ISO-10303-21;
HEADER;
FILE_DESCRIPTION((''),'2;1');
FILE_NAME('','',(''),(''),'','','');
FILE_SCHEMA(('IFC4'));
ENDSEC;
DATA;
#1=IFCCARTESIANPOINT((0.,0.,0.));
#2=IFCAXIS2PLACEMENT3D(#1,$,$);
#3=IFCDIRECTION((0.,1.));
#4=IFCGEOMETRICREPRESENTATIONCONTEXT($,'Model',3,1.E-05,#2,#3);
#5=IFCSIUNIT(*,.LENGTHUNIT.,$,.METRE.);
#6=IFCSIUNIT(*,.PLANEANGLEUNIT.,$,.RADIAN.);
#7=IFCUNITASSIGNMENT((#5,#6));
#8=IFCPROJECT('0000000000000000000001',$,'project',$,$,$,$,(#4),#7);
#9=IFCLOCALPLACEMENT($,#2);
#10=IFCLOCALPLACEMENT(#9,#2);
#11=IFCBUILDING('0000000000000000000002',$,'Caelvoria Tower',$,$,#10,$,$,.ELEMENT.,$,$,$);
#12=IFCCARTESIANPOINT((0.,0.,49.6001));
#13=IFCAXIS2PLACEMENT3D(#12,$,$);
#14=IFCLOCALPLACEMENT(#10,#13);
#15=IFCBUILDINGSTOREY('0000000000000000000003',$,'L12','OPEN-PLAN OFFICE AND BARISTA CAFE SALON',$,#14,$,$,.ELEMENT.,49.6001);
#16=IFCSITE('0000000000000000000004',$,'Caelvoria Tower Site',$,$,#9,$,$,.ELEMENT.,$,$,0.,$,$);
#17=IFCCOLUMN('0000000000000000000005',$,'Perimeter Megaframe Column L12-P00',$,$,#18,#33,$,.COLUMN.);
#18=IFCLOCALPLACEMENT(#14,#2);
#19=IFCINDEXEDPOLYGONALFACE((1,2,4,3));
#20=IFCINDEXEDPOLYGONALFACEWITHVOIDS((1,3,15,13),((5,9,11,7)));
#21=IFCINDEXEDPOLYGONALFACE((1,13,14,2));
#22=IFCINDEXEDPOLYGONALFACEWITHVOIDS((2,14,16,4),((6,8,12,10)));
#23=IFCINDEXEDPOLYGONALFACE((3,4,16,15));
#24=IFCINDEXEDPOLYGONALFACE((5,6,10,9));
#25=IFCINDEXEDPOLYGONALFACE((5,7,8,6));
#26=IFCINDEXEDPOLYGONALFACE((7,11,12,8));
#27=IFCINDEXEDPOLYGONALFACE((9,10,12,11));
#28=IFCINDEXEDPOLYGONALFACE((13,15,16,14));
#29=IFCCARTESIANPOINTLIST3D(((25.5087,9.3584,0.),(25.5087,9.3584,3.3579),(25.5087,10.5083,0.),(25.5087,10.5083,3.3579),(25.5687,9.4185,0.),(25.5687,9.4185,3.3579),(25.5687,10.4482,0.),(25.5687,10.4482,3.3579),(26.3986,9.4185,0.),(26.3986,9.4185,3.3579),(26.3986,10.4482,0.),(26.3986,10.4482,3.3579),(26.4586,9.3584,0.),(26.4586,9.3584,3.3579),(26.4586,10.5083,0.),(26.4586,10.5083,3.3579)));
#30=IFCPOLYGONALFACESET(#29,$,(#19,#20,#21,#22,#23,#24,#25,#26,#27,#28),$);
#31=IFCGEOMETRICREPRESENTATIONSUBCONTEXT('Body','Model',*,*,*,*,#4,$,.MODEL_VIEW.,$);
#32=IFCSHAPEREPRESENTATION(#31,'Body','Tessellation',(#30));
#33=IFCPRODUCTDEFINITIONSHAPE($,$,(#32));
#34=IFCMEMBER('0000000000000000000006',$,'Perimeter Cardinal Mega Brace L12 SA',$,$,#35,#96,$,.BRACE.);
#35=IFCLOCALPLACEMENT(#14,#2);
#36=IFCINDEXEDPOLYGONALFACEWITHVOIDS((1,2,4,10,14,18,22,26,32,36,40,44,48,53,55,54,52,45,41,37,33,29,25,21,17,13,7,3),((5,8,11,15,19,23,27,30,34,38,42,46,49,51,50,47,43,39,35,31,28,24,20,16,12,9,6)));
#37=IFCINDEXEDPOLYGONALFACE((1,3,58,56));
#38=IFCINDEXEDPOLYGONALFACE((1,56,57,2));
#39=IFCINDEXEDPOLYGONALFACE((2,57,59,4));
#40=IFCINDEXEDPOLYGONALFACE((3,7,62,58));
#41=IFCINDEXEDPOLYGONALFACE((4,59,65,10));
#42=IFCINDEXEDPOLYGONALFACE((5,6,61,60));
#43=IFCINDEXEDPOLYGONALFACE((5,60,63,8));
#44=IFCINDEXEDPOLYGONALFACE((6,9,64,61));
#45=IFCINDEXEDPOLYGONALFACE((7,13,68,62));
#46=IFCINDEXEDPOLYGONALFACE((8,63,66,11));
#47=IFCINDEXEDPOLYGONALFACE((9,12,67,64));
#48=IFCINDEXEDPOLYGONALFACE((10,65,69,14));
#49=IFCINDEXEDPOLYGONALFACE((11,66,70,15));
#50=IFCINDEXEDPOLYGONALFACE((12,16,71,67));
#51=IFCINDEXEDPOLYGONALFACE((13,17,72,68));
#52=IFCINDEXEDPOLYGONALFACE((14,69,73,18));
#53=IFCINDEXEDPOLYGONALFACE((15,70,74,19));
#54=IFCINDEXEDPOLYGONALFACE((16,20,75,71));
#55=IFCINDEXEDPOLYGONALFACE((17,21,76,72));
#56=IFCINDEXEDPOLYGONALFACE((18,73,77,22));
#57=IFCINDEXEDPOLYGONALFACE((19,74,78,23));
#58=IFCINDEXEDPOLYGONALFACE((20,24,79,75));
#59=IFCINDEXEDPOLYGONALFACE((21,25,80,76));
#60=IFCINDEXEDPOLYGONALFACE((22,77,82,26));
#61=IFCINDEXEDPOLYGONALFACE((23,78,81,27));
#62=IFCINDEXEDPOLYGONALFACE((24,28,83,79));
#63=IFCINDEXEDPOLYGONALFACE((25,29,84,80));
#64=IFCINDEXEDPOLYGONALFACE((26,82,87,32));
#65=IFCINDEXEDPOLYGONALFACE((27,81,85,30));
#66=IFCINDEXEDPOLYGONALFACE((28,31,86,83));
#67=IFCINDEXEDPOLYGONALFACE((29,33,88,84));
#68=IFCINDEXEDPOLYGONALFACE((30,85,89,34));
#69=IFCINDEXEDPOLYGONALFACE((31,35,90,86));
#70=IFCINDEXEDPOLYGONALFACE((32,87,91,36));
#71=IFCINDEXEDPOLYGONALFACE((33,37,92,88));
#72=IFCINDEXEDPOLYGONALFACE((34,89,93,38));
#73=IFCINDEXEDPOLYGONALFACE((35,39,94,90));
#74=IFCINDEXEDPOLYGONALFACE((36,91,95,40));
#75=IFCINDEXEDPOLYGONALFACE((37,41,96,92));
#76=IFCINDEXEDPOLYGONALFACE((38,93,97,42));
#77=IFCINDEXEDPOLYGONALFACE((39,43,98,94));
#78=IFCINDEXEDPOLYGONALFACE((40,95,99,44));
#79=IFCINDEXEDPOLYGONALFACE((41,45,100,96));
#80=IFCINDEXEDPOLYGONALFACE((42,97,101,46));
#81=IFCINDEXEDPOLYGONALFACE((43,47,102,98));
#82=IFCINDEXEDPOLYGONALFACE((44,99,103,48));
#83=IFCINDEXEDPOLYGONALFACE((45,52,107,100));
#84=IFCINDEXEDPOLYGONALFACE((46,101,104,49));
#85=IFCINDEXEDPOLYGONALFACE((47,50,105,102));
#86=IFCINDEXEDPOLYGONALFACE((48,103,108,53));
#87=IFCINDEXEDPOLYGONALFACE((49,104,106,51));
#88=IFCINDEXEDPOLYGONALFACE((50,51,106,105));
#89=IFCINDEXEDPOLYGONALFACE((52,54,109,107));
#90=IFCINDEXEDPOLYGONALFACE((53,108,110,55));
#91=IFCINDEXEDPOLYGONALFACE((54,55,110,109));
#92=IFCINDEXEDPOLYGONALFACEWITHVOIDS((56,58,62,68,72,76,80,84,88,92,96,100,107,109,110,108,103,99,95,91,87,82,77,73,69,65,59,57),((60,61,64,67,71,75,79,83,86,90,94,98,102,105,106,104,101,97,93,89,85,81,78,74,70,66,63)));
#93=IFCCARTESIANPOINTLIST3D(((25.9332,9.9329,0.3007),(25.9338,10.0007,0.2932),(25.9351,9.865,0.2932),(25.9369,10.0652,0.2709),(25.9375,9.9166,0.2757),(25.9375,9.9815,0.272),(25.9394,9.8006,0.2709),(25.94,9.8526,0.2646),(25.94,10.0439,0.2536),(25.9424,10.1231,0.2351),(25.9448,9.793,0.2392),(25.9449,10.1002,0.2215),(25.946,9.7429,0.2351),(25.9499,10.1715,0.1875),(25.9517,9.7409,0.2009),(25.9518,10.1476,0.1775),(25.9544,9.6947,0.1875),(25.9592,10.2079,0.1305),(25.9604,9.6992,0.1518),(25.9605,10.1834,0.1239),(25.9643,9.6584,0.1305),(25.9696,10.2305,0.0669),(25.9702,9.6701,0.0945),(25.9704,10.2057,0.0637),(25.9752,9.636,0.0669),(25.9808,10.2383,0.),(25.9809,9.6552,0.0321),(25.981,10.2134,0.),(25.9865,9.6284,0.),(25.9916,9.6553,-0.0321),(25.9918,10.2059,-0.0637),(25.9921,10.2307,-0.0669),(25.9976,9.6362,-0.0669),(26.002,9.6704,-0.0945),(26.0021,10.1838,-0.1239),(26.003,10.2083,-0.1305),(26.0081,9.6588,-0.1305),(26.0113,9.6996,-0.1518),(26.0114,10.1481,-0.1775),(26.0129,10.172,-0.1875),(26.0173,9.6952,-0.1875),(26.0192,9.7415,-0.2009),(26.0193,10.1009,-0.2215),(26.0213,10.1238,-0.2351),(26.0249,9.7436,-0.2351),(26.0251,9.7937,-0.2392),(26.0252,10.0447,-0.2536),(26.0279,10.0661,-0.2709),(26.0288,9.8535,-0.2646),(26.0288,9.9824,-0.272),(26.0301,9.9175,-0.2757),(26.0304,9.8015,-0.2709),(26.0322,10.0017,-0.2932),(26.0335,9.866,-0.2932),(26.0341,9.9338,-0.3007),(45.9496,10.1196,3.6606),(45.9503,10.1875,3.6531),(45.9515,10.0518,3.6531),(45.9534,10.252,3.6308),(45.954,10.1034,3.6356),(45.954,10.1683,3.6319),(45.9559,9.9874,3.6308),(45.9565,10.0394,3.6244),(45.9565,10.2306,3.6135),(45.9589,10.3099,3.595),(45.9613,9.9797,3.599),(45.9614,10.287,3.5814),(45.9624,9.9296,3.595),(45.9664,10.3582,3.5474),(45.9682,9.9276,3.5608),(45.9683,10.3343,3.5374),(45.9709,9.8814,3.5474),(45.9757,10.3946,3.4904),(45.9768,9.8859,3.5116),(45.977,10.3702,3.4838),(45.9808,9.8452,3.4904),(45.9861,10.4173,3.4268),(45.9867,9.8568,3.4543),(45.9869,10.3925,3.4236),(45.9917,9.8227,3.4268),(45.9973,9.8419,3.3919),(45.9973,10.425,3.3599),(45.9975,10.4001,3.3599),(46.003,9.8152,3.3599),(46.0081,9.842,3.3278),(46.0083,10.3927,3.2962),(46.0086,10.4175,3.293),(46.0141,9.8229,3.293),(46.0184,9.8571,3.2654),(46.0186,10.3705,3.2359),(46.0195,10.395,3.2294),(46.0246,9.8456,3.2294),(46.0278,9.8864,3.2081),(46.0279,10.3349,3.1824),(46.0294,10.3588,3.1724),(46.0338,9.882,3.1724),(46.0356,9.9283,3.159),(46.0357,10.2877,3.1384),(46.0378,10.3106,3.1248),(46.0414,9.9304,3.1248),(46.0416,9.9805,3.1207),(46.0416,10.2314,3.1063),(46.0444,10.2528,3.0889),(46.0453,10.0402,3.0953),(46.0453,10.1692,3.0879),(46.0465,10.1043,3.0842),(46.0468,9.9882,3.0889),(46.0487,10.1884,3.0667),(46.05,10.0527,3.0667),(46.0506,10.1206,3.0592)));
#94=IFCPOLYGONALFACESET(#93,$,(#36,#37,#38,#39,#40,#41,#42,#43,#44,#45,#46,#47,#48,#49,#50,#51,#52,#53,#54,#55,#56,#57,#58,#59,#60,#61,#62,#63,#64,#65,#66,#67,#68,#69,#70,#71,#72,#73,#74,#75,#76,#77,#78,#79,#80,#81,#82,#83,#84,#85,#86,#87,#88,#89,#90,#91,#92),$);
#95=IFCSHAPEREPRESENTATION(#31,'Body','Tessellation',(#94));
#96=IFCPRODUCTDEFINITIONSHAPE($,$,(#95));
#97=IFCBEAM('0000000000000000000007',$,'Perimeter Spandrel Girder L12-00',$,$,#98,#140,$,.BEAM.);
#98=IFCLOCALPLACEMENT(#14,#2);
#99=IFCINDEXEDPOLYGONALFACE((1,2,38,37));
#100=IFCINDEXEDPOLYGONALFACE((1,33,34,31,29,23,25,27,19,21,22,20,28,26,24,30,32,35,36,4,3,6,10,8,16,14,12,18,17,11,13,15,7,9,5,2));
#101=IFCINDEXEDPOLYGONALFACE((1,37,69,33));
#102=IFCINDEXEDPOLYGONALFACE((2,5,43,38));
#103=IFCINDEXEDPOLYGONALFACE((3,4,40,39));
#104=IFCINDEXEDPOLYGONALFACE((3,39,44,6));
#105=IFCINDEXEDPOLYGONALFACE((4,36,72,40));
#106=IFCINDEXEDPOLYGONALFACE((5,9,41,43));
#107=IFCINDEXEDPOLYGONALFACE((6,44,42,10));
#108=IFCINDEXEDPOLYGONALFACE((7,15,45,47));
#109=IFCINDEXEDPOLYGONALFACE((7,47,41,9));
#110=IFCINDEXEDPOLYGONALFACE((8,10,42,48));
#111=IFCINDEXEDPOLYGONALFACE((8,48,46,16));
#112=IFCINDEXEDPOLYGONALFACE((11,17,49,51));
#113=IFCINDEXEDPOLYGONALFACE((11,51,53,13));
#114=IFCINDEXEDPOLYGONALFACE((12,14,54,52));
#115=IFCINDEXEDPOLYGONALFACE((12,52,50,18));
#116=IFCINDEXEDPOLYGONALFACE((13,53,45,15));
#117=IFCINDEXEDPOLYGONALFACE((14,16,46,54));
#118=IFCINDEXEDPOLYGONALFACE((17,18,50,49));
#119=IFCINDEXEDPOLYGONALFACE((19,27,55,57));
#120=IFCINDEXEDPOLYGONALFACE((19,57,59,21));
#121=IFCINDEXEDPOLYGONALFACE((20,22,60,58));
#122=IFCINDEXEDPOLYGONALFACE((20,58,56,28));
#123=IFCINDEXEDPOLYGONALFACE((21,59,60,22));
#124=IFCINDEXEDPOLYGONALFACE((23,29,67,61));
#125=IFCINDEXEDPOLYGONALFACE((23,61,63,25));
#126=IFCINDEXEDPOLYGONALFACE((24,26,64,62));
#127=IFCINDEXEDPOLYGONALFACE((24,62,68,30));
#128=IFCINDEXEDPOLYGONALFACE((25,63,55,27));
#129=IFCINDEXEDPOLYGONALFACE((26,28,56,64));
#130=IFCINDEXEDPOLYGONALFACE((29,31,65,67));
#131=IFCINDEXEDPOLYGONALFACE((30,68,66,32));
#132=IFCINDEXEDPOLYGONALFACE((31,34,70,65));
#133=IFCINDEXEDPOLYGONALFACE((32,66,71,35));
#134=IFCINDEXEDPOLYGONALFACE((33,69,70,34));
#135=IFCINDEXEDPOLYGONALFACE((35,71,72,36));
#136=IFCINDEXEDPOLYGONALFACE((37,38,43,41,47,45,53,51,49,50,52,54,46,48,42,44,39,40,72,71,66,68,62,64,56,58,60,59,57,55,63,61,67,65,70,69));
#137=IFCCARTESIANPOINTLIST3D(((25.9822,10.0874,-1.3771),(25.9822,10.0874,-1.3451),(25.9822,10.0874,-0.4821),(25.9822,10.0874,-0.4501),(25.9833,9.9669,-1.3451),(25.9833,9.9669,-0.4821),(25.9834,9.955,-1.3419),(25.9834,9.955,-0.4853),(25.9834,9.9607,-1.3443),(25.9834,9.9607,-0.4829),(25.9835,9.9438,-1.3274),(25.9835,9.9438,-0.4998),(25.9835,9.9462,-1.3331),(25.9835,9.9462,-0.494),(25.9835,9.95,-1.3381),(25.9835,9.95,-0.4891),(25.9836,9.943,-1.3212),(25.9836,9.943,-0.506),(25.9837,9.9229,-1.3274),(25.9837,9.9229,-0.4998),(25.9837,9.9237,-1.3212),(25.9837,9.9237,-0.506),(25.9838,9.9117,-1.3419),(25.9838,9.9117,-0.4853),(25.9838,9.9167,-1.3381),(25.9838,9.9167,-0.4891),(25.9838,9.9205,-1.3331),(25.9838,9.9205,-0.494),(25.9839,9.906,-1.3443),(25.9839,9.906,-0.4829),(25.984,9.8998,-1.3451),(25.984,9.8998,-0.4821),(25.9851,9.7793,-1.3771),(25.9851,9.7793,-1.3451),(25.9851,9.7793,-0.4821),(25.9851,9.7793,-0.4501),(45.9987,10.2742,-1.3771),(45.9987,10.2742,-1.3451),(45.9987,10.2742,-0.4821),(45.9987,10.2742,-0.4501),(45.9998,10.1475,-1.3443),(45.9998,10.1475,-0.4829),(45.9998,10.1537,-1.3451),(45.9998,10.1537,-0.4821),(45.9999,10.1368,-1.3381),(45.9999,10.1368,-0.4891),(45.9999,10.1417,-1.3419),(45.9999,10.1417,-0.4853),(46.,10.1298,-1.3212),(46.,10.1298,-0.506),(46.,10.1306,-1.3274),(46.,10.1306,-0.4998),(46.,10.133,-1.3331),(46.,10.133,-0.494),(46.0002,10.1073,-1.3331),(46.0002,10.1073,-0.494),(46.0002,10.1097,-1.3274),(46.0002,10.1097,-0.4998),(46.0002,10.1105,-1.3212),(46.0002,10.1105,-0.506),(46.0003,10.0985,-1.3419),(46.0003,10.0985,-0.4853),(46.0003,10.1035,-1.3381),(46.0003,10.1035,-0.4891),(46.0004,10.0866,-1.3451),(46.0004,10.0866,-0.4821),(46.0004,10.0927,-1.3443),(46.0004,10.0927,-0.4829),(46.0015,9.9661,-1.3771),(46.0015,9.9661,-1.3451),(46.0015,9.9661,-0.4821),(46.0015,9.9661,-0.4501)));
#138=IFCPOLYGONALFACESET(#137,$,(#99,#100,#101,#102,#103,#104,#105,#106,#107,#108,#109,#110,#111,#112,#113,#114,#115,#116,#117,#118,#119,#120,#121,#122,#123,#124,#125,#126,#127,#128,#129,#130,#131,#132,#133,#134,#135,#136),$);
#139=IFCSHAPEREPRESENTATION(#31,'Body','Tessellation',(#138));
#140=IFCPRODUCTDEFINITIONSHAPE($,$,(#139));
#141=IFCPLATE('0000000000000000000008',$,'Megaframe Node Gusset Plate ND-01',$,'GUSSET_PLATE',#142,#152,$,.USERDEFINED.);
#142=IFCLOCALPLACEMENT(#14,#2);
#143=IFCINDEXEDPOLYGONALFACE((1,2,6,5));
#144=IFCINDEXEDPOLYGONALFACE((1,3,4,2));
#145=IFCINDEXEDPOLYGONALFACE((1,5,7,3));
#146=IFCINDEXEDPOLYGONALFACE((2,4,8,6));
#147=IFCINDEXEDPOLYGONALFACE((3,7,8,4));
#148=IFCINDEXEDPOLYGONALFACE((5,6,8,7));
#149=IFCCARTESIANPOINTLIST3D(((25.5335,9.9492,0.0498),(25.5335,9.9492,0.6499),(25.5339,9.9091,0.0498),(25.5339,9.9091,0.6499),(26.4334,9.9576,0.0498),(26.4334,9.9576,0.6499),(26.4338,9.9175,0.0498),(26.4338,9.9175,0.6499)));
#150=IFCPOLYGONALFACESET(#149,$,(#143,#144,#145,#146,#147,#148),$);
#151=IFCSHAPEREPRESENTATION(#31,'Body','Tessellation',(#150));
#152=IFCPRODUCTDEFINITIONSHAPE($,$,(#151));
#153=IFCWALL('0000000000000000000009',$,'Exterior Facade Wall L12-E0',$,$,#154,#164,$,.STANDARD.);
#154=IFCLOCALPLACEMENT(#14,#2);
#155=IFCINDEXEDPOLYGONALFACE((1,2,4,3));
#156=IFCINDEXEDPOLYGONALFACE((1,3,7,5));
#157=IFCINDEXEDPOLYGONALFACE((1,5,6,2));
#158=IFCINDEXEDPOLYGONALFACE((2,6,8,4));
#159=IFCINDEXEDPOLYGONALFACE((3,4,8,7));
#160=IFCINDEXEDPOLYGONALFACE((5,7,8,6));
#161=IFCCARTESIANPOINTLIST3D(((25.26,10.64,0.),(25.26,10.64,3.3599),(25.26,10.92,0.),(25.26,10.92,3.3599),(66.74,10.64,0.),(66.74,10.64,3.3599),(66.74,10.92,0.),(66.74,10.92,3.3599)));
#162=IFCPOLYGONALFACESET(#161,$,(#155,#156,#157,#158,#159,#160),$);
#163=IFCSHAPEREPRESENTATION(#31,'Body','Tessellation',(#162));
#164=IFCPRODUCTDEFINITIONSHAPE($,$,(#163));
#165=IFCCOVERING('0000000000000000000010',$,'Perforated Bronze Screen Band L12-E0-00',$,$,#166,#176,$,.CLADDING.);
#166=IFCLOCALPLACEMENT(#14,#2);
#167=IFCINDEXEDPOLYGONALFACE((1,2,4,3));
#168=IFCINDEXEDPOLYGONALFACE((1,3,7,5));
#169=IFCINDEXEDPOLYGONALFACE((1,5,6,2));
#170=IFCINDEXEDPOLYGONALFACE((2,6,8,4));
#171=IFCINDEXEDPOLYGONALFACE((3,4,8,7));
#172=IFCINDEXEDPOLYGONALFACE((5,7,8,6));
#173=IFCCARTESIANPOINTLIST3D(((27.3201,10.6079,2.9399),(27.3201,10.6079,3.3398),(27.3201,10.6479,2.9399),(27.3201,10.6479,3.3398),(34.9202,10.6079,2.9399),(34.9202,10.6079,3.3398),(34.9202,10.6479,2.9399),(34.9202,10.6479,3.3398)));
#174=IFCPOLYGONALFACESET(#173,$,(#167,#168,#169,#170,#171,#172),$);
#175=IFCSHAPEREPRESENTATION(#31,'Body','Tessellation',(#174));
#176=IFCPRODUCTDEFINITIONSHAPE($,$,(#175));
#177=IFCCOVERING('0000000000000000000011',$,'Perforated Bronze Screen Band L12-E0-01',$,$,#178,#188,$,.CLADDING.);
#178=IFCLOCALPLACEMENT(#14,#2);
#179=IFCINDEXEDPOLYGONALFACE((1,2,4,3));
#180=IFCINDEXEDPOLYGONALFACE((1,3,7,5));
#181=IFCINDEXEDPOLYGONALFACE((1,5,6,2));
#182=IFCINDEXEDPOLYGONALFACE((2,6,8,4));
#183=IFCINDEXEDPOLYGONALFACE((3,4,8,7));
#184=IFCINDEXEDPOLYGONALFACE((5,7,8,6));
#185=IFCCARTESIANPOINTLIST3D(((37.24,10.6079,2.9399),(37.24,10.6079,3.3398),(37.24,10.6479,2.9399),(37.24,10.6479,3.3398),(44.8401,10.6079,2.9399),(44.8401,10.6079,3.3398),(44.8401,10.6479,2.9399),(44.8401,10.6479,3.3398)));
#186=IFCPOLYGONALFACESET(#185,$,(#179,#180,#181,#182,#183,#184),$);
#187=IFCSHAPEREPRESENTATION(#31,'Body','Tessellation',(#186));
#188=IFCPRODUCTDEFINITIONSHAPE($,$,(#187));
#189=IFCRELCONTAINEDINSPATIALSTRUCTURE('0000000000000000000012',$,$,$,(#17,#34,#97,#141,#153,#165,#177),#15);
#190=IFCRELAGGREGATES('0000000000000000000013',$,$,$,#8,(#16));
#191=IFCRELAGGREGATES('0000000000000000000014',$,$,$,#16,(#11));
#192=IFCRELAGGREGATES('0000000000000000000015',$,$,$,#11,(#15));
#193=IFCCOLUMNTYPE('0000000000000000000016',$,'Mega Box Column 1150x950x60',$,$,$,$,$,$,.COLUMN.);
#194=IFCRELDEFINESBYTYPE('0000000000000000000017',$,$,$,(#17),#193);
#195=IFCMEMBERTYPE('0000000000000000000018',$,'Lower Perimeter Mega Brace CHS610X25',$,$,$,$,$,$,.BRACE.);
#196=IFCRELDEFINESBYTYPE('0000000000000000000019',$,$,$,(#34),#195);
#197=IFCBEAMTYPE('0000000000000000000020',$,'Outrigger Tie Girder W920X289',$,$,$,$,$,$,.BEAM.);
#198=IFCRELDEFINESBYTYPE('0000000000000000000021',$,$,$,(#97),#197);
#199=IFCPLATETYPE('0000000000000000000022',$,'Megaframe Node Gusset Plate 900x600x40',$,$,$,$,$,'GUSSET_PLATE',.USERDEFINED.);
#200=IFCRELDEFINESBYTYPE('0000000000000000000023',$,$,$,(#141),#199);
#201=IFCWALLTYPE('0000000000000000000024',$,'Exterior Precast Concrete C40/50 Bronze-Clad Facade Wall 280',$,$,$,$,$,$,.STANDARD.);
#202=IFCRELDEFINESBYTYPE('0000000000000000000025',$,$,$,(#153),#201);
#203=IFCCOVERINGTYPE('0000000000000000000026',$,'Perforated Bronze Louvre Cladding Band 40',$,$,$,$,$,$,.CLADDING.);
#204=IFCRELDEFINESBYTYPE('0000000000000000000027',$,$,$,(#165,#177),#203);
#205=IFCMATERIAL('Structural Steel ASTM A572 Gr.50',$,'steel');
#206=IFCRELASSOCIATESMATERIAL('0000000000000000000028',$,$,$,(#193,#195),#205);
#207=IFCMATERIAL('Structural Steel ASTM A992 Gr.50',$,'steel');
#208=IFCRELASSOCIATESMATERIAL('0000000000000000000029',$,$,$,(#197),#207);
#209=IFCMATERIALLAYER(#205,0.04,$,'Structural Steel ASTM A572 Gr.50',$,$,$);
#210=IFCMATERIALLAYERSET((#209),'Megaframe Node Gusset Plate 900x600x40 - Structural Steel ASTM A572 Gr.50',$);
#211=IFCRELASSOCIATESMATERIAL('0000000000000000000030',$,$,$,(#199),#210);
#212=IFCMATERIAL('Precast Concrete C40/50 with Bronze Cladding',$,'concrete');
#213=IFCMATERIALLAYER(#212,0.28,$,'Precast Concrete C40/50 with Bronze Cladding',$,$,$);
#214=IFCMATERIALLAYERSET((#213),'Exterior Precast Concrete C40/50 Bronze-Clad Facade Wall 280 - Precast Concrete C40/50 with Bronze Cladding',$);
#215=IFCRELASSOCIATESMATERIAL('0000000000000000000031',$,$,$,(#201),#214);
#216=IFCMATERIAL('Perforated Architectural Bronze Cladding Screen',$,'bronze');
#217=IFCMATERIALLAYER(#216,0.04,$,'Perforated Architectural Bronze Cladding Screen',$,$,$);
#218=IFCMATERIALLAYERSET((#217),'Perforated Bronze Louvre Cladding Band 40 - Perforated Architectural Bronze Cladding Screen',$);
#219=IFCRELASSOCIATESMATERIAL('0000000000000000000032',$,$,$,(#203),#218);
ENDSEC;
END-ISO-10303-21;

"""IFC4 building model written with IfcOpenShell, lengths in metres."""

from ifc_helpers import new_model, si_unit, direction, frame, frame_2d, origin, origin_2d, place, context, subcontext, project, spatial, rectangle, hollow_rectangle, hollow_circle, i_section, extrude, material, layer, layer_set, material_profile, profile_set, type_object, element, save


model = new_model("IFC4")

# Units and contexts
model_context = context("Model", 3, precision=1e-05, world=origin(), true_north=direction((0.0, 1.0)))
body_context = subcontext(model_context, "Body", "Model", "MODEL_VIEW")
ifc_project = project(units=[si_unit("LENGTHUNIT", "METRE"), si_unit("PLANEANGLEUNIT", "RADIAN")], contexts=[model_context])

# Site, building, storey
site_placement = place(None, origin())
site = spatial("IfcSite", under=ifc_project, at=site_placement, Name="Caelvoria Tower Site", CompositionType="ELEMENT", RefElevation=0.0)
building_placement = place(site_placement, origin())
building = spatial("IfcBuilding", under=site, at=building_placement, Name="Caelvoria Tower", CompositionType="ELEMENT")
storey_placement = place(building_placement, frame((0.0, 0.0, 49.6001)))
storey = spatial("IfcBuildingStorey", under=building, at=storey_placement, Name="L12", Description="OPEN-PLAN OFFICE AND BARISTA CAFE SALON", CompositionType="ELEMENT", Elevation=49.6001)

# Column
ifc_material_1 = material(Name="Structural Steel ASTM A572 Gr.50", Category="steel")
ifc_material_profile_1 = material_profile(ifc_material_1, hollow_rectangle(XDim=0.95, YDim=1.1499, WallThickness=0.0601, at=origin_2d()), Name="Structural Steel ASTM A572 Gr.50")
ifc_profile_set_1 = profile_set([ifc_material_profile_1], Name="BOX1150X950X60 - Structural Steel ASTM A572 Gr.50")
column_type = type_object("IfcColumnType", Name="Mega Box Column 1150x950x60", PredefinedType="COLUMN", material=ifc_profile_set_1)
column_placement = place(storey_placement, frame((25.9836, 9.9333, 0.0), z_axis=(0.0, 0.0, 1.0), x_axis=(1.0, 0.0, 0.0)))
element("IfcColumn", 1, at=column_placement, inside=storey, type_object=column_type, Name="Perimeter Megaframe Column L12-P00", PredefinedType="COLUMN", context=body_context, shape_type="SweptSolid", body=[
    extrude(hollow_rectangle(XDim=0.95, YDim=1.1499, WallThickness=0.0601, at=origin_2d()), origin(), (0.0, 0.0, 1.0), 3.3579),
])

# Member
ifc_material_profile_2 = material_profile(ifc_material_1, hollow_circle(Radius=0.3049, WallThickness=0.0249, at=origin_2d()), Name="Structural Steel ASTM A572 Gr.50")
ifc_profile_set_2 = profile_set([ifc_material_profile_2], Name="CHS610X25 - Structural Steel ASTM A572 Gr.50")
member_type = type_object("IfcMemberType", Name="Lower Perimeter Mega Brace CHS610X25", PredefinedType="BRACE", material=ifc_profile_set_2)
member_placement = place(storey_placement, frame((25.9836, 9.9333, 0.0), z_axis=(0.986161, 0.009202, 0.165533), x_axis=(-0.00933, 0.999956, 0.0)))
element("IfcMember", 2, at=member_placement, inside=storey, type_object=member_type, Name="Perimeter Cardinal Mega Brace L12 SA", PredefinedType="BRACE", context=body_context, shape_type="SweptSolid", body=[
    extrude(hollow_circle(Radius=0.3049, WallThickness=0.0249, at=origin_2d()), origin(), (0.0, 0.0, 1.0), 20.2974),
])

# Beam
ifc_material_2 = material(Name="Structural Steel ASTM A992 Gr.50", Category="steel")
ifc_material_profile_3 = material_profile(ifc_material_2, i_section(OverallWidth=0.3081, OverallDepth=0.927, WebThickness=0.0193, FlangeThickness=0.032, FilletRadius=0.0239, at=origin_2d()), Name="Structural Steel ASTM A992 Gr.50")
ifc_profile_set_3 = profile_set([ifc_material_profile_3], Name="W920X289 - Structural Steel ASTM A992 Gr.50")
beam_type = type_object("IfcBeamType", Name="Outrigger Tie Girder W920X289", PredefinedType="BEAM", material=ifc_profile_set_3)
beam_placement = place(storey_placement, frame((25.9836, 9.9333, -0.9136), z_axis=(0.999956, 0.00933, 0.0), x_axis=(-0.00933, 0.999956, 0.0)))
element("IfcBeam", 3, at=beam_placement, inside=storey, type_object=beam_type, Name="Perimeter Spandrel Girder L12-00", PredefinedType="BEAM", context=body_context, shape_type="SweptSolid", body=[
    extrude(i_section(OverallWidth=0.3081, OverallDepth=0.927, WebThickness=0.0193, FlangeThickness=0.032, FilletRadius=0.0239, at=origin_2d()), origin(), (0.0, 0.0, 1.0), 20.0173),
])

# Plate
ifc_layer_1 = layer(ifc_material_1, 0.04, Name="Structural Steel ASTM A572 Gr.50")
ifc_layer_set_1 = layer_set([ifc_layer_1], Name="Megaframe Node Gusset Plate 900x600x40 - Structural Steel ASTM A572 Gr.50")
plate_type = type_object("IfcPlateType", Name="Megaframe Node Gusset Plate 900x600x40", ElementType="GUSSET_PLATE", PredefinedType="USERDEFINED", material=ifc_layer_set_1)
plate_placement = place(storey_placement, frame((25.9836, 9.9333, 0.0498), z_axis=(0.0, 0.0, 1.0), x_axis=(0.999957, 0.009327, 0.0)))
element("IfcPlate", 4, at=plate_placement, inside=storey, type_object=plate_type, Name="Megaframe Node Gusset Plate ND-01", ObjectType="GUSSET_PLATE", PredefinedType="USERDEFINED", context=body_context, shape_type="SweptSolid", body=[
    extrude(rectangle(XDim=0.8999, YDim=0.04, at=origin_2d()), origin(), (0.0, 0.0, 1.0), 0.6001),
])

# Wall
ifc_material_3 = material(Name="Precast Concrete C40/50 with Bronze Cladding", Category="concrete")
ifc_layer_2 = layer(ifc_material_3, 0.28, Name="Precast Concrete C40/50 with Bronze Cladding")
ifc_layer_set_2 = layer_set([ifc_layer_2], Name="Exterior Precast Concrete C40/50 Bronze-Clad Facade Wall 280 - Precast Concrete C40/50 with Bronze Cladding")
wall_type = type_object("IfcWallType", Name="Exterior Precast Concrete C40/50 Bronze-Clad Facade Wall 280", PredefinedType="STANDARD", material=ifc_layer_set_2)
wall_placement = place(storey_placement, frame((25.26, 10.78, 0.0), z_axis=(0.0, 0.0, 1.0), x_axis=(1.0, 0.0, 0.0)))
element("IfcWall", 5, at=wall_placement, inside=storey, type_object=wall_type, Name="Exterior Facade Wall L12-E0", PredefinedType="STANDARD", context=body_context, shape_type="SweptSolid", body=[
    extrude(rectangle(XDim=41.48, YDim=0.28, at=frame_2d((20.74, 0.0))), origin(), (0.0, 0.0, 1.0), 3.3599),
])

# Coverings
ifc_material_4 = material(Name="Perforated Architectural Bronze Cladding Screen", Category="bronze")
ifc_layer_3 = layer(ifc_material_4, 0.04, Name="Perforated Architectural Bronze Cladding Screen")
ifc_layer_set_3 = layer_set([ifc_layer_3], Name="Perforated Bronze Louvre Cladding Band 40 - Perforated Architectural Bronze Cladding Screen")
covering_type = type_object("IfcCoveringType", Name="Perforated Bronze Louvre Cladding Band 40", PredefinedType="CLADDING", material=ifc_layer_set_3)
for number, where, z_axis, x_axis, name in (
    (6, (31.1201, 10.6279, 2.9399), (0.0, 0.0, 1.0), (1.0, 0.0, 0.0), "Perforated Bronze Screen Band L12-E0-00"),
    (7, (41.04, 10.6279, 2.9399), (0.0, 0.0, 1.0), (1.0, 0.0, 0.0), "Perforated Bronze Screen Band L12-E0-01"),
):
    element("IfcCovering", number, at=place(storey_placement, frame(where, z_axis=z_axis, x_axis=x_axis)), inside=storey, type_object=covering_type, Name=name, PredefinedType="CLADDING", context=body_context, shape_type="SweptSolid", body=[
        extrude(rectangle(XDim=7.6001, YDim=0.04, at=origin_2d()), origin(), (0.0, 0.0, 1.0), 0.3999),
    ])

save(model, "model.ifc")
